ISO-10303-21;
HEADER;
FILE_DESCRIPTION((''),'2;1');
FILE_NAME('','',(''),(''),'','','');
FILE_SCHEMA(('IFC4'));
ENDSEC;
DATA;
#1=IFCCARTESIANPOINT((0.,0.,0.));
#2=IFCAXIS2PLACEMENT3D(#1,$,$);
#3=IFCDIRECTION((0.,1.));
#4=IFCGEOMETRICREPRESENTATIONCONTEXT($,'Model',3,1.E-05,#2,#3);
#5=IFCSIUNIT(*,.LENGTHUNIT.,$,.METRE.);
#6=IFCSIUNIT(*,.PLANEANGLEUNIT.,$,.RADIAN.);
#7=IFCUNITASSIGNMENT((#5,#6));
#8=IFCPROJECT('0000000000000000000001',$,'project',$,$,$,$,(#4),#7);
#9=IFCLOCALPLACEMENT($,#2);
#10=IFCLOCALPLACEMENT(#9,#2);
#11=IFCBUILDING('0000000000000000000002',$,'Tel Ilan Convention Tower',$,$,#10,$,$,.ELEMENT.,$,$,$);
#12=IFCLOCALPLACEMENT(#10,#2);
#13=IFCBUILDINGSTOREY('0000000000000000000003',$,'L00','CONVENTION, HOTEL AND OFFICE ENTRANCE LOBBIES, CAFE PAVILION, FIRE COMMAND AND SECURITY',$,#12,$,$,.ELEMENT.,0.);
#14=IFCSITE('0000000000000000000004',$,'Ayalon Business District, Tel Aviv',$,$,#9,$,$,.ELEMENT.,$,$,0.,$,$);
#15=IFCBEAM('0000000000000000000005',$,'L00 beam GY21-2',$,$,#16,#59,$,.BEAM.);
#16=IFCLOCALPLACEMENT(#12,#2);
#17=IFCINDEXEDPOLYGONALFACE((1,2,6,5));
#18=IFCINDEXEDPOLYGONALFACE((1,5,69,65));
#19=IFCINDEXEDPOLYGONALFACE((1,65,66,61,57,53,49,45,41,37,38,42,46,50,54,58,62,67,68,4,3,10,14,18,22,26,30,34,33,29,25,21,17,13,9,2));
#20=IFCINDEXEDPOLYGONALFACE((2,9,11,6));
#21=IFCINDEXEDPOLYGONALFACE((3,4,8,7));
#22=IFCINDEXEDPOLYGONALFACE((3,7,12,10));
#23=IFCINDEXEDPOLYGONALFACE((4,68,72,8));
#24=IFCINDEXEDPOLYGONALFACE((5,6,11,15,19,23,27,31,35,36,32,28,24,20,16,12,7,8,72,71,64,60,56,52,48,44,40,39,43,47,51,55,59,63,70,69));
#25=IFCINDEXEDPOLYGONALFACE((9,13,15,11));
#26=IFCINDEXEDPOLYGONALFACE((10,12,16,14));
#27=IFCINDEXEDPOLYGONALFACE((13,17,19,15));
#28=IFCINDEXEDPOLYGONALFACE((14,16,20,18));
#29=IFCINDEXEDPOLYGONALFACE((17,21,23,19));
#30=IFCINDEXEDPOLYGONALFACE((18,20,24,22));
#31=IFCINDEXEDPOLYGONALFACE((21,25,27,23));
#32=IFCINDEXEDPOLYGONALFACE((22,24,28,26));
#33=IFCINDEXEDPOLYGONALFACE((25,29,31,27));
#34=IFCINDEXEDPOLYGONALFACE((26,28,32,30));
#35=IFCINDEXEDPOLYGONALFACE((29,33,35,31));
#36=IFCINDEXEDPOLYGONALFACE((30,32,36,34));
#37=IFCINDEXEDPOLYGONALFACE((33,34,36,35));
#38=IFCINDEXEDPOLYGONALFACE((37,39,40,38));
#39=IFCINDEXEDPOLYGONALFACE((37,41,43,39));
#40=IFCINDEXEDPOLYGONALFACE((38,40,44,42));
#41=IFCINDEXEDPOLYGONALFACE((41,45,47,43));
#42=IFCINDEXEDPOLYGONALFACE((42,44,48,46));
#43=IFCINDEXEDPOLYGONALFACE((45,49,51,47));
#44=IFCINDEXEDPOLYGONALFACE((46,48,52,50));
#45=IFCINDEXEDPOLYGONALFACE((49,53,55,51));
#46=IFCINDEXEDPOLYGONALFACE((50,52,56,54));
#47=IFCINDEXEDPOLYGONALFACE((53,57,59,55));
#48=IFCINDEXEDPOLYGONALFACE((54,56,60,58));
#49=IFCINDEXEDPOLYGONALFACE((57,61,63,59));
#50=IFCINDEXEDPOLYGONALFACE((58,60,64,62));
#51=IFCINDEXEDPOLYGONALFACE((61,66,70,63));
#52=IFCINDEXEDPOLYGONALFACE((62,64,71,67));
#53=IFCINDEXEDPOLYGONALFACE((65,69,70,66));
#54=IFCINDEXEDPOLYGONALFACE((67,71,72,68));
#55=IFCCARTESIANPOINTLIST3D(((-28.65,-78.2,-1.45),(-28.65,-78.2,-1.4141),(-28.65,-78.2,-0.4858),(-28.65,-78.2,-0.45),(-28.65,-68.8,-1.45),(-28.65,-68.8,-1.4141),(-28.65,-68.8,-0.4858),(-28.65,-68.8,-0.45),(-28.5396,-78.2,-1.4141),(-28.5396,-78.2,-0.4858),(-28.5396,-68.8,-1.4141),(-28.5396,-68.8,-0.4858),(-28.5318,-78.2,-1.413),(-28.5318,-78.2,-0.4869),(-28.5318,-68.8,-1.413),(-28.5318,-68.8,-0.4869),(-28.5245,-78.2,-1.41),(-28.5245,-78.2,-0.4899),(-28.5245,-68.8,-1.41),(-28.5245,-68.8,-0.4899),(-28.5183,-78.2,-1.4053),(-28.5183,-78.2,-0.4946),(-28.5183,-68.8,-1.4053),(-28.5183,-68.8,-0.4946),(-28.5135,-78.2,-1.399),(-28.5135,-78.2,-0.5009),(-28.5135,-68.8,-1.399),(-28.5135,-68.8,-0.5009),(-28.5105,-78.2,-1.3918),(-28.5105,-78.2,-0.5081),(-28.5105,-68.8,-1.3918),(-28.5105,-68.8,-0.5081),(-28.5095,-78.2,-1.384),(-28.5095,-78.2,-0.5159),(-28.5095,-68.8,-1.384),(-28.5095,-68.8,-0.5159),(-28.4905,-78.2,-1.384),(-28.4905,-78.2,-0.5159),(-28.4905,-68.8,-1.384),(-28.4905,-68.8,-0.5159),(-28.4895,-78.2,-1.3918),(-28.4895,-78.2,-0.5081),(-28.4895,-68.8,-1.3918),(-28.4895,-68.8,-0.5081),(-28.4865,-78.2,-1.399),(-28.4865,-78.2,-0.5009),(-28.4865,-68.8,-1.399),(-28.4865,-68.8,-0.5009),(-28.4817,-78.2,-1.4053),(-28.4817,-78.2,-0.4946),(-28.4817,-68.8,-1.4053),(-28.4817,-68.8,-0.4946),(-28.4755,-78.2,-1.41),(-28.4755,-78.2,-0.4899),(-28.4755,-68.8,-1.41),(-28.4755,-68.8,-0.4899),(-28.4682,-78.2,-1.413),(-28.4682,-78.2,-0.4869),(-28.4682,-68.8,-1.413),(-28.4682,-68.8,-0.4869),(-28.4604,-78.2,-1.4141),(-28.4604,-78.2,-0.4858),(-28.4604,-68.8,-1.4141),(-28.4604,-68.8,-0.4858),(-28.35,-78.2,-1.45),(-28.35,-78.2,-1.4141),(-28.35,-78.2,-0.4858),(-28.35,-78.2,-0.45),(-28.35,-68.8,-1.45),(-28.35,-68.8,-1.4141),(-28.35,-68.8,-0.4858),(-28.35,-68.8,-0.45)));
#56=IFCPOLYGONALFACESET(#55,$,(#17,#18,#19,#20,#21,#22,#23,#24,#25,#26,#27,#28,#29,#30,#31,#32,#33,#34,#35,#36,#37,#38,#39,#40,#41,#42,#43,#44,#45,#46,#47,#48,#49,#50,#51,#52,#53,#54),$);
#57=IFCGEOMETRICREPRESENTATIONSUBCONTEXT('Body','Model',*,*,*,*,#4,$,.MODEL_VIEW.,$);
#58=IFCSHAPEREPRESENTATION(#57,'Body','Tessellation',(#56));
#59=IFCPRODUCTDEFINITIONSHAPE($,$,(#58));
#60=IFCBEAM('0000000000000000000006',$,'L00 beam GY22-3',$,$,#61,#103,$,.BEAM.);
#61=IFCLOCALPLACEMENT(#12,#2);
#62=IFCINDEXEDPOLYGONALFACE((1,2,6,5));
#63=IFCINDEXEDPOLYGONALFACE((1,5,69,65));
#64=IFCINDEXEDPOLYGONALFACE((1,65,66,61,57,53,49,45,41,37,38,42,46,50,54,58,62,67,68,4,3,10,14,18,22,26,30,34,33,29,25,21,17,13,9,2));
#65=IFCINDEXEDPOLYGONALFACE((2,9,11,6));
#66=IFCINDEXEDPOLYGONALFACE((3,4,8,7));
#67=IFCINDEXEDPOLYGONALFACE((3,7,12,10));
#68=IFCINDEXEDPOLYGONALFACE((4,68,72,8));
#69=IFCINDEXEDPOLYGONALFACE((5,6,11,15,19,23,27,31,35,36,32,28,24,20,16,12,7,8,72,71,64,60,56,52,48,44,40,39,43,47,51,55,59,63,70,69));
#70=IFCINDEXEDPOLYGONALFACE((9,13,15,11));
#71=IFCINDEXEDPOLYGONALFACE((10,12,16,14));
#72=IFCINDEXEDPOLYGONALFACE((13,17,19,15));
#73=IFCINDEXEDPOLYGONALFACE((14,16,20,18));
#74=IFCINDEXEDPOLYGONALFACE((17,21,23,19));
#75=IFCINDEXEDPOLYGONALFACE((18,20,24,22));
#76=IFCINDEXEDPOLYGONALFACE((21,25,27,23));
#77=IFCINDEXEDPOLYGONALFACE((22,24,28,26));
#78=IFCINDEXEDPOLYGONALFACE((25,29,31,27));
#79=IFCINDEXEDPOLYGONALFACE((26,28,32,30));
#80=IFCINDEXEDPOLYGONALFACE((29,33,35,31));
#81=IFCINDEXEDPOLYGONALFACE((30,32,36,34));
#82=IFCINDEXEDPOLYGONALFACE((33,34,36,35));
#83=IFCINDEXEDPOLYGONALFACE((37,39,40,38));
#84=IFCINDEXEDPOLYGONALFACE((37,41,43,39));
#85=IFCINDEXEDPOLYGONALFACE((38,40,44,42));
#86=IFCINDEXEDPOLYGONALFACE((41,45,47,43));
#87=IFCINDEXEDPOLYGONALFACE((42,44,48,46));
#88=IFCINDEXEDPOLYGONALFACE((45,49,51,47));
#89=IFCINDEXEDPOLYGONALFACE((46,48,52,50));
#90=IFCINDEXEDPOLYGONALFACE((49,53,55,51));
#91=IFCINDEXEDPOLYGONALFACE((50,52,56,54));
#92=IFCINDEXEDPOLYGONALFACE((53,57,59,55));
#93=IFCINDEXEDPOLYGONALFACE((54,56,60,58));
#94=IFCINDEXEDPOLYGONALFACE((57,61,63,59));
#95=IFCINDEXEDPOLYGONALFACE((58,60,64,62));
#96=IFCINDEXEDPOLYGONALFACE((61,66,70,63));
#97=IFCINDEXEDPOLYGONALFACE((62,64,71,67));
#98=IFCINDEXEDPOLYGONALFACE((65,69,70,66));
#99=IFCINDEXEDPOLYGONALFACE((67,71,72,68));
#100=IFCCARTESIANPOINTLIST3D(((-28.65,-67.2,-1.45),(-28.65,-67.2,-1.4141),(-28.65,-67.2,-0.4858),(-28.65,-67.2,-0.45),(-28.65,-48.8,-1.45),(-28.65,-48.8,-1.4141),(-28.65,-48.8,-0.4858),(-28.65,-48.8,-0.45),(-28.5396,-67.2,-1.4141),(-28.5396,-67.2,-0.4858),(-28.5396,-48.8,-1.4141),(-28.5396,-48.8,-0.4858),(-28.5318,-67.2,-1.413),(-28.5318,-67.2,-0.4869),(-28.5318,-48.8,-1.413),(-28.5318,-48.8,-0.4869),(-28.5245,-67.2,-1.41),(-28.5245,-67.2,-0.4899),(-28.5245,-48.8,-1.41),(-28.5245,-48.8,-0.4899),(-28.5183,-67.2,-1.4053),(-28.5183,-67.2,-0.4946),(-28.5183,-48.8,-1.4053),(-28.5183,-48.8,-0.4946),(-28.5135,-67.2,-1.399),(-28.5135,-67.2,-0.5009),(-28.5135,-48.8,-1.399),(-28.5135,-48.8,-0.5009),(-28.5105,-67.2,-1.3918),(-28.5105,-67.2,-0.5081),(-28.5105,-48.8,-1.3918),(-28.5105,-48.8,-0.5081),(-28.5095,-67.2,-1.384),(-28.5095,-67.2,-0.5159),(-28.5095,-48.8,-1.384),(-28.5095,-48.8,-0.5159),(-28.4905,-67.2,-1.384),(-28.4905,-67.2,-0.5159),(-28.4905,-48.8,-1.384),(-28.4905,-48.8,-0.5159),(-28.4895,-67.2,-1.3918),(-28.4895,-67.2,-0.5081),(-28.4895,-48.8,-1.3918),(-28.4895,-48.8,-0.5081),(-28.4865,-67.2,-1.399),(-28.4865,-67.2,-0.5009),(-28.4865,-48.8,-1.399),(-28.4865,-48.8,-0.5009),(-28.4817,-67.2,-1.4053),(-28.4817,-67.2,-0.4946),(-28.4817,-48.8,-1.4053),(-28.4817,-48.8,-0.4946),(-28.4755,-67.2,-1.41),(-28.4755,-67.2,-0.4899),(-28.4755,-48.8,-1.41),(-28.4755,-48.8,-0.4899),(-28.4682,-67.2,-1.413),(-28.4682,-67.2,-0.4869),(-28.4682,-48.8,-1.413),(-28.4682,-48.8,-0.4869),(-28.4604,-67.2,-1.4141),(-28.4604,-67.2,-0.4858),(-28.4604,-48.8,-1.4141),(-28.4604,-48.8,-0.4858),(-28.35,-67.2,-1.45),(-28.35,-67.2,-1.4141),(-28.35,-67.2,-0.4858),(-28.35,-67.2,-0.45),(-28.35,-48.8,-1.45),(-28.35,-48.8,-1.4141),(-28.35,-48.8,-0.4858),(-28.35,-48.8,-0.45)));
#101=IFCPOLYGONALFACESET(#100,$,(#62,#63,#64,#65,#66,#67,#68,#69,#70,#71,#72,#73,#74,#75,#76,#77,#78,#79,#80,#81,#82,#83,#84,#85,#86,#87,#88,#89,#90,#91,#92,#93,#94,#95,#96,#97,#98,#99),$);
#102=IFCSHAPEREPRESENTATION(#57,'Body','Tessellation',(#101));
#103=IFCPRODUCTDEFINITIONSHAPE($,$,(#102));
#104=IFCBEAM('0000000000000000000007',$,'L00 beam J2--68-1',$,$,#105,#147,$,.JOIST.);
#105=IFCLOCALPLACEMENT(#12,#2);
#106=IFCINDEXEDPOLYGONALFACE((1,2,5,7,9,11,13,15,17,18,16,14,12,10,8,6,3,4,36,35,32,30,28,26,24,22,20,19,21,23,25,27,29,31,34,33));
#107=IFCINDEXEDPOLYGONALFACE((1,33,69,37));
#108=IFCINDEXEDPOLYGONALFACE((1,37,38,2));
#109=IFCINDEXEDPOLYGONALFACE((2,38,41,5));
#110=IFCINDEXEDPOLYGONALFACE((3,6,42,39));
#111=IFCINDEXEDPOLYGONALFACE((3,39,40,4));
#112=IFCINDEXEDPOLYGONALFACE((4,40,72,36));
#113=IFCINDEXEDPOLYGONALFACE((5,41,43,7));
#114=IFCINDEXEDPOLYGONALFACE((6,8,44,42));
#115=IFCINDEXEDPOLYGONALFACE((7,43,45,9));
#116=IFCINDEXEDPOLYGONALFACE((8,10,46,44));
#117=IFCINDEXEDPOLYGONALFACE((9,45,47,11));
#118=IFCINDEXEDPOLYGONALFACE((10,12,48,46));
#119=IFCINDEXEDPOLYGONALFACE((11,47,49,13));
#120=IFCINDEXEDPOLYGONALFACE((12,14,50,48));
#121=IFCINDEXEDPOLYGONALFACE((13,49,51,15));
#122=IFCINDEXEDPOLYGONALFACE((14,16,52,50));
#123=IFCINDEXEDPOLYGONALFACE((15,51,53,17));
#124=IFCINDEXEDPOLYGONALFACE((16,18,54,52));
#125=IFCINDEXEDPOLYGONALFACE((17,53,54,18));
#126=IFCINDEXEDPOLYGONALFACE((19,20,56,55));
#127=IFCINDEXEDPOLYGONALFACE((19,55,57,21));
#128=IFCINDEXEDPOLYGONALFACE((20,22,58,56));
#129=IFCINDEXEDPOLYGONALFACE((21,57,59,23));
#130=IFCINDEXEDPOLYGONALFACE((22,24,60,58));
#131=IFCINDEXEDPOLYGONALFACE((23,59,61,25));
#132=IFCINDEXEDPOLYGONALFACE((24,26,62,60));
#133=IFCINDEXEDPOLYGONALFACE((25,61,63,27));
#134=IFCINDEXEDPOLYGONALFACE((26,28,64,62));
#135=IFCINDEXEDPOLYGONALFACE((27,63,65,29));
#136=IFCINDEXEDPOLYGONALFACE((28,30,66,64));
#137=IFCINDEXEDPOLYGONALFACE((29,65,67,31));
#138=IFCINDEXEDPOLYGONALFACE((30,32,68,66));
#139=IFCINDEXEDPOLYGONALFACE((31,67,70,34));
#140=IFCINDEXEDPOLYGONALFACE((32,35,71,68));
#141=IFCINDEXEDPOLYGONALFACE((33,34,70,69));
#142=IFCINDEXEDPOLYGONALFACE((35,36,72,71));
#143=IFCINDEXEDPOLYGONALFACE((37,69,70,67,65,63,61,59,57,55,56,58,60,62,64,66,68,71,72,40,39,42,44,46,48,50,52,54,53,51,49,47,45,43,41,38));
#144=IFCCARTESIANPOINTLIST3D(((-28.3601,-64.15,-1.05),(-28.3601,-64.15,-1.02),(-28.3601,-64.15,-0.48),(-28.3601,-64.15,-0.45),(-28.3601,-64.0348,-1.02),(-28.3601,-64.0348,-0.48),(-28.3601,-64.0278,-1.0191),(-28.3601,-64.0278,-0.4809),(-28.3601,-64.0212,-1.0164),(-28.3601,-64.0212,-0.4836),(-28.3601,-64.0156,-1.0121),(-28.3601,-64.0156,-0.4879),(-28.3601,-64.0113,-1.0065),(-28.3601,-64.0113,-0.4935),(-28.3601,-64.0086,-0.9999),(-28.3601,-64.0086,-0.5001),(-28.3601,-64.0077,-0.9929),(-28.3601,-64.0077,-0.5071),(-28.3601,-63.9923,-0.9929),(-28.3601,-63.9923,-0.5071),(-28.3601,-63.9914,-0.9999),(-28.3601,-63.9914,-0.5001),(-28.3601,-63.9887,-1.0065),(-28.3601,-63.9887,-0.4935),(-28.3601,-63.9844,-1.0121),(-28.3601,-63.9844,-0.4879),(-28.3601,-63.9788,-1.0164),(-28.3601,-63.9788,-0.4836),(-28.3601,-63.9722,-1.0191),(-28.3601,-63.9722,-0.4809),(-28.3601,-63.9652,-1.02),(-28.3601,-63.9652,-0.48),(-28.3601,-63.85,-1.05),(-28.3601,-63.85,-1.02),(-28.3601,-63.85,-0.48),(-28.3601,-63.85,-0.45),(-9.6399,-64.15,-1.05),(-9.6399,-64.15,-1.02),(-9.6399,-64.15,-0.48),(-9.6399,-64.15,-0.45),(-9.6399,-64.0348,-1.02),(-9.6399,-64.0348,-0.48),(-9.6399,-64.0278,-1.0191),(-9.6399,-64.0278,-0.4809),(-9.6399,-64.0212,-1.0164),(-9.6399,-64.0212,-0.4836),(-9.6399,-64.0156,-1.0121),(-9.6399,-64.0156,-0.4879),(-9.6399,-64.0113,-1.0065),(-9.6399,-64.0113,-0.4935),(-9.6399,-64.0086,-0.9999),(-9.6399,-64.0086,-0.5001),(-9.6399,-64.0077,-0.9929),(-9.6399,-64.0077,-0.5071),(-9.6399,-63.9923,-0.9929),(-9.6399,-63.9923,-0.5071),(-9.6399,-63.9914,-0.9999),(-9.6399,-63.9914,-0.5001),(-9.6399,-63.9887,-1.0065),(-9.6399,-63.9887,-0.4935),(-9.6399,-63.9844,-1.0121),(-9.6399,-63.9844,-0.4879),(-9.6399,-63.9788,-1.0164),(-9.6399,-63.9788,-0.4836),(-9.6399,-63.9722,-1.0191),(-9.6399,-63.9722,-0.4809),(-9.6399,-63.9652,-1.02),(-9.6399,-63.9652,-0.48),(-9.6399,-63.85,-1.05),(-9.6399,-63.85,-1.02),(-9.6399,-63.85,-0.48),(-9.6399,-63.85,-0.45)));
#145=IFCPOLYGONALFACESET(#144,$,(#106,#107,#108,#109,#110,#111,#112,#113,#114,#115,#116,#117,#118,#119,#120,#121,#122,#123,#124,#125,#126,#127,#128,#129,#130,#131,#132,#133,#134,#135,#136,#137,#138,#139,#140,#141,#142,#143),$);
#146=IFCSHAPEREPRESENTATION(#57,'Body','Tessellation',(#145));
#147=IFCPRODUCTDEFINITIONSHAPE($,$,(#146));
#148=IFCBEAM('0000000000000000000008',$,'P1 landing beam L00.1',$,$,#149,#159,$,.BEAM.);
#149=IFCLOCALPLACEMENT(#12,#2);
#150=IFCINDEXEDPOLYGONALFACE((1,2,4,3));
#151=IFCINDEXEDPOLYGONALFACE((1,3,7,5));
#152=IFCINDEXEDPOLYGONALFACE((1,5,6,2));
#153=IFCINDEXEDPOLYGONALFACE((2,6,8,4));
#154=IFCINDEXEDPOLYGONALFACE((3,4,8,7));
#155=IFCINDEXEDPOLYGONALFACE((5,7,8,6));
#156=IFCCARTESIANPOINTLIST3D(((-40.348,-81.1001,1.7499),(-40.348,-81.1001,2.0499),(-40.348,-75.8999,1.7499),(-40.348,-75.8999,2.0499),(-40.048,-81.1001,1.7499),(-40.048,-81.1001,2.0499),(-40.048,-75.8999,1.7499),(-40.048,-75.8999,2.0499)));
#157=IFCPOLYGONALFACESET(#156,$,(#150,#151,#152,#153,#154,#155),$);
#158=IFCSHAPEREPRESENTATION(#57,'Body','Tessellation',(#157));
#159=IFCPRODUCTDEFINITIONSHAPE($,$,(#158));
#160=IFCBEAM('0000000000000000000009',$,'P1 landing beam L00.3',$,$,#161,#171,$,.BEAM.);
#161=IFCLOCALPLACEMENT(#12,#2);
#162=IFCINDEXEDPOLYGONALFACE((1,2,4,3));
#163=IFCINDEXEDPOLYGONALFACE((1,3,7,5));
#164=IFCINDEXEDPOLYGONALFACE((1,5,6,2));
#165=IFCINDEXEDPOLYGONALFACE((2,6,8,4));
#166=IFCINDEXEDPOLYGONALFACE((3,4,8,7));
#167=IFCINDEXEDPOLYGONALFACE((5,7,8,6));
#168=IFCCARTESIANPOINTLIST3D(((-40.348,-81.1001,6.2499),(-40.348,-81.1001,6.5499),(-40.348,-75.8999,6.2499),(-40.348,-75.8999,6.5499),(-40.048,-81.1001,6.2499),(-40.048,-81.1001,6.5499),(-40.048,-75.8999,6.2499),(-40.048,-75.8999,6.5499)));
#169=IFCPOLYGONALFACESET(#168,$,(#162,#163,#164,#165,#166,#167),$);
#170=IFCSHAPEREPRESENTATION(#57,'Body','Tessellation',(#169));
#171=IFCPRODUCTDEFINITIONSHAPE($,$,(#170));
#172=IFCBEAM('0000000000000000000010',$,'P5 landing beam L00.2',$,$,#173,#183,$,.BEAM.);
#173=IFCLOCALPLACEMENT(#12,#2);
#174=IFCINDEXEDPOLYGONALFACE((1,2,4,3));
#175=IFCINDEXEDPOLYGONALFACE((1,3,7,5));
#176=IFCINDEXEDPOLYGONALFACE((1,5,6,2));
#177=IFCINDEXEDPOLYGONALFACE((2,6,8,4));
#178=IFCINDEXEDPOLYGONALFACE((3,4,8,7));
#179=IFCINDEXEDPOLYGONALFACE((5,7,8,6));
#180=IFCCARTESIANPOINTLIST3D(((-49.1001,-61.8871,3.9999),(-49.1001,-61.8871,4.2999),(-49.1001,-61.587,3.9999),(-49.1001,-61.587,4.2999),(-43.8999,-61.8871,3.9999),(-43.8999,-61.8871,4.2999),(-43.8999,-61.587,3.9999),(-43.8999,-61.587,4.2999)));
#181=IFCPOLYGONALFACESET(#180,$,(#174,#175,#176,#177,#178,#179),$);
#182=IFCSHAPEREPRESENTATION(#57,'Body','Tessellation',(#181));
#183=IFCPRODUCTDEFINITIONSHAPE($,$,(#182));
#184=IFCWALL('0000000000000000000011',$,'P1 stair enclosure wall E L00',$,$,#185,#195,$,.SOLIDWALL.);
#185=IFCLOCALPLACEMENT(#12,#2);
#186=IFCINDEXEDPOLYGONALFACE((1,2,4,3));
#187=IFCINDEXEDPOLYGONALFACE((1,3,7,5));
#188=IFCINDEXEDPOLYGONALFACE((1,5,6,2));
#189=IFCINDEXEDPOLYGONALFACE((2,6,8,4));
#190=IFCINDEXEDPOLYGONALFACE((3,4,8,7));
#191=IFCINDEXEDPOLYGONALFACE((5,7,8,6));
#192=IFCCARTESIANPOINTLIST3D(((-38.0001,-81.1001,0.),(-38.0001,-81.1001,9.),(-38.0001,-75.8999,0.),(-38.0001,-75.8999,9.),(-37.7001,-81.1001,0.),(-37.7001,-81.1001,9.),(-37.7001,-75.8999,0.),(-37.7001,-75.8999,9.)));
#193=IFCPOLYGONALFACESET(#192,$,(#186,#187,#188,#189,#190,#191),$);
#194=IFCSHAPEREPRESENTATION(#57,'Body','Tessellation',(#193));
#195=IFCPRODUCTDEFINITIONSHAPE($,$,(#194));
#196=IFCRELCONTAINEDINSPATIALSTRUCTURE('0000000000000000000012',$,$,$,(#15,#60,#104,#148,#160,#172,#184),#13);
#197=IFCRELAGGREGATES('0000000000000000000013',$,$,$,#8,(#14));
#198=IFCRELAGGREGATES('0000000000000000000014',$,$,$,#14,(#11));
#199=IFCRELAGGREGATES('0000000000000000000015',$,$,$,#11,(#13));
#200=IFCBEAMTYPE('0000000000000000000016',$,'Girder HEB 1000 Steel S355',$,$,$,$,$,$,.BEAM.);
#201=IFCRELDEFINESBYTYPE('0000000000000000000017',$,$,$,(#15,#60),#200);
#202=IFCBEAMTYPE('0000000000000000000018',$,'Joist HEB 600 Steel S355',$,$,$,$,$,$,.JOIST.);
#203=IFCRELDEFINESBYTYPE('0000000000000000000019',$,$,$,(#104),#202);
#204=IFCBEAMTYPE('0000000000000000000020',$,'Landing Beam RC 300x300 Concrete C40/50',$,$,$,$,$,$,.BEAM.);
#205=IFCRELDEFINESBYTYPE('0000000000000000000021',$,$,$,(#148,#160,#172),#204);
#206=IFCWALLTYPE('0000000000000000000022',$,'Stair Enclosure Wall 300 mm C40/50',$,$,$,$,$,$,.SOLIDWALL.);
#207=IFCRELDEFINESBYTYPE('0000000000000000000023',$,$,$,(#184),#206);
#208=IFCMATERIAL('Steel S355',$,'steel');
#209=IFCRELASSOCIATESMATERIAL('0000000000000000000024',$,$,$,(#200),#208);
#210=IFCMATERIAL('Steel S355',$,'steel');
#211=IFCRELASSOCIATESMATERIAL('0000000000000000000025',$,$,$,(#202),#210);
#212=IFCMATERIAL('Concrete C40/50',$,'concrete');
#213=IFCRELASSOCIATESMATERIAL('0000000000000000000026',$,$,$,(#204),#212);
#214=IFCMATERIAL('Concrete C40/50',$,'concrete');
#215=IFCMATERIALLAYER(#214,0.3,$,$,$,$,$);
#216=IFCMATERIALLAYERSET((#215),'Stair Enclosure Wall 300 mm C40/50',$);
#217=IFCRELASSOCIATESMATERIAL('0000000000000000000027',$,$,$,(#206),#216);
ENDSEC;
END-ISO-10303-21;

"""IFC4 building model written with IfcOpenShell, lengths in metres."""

from ifc_helpers import new_model, si_unit, direction, frame, frame_2d, origin, origin_2d, place, context, subcontext, project, spatial, rectangle, i_section, extrude, material, layer, layer_set, material_profile, profile_set, type_object, element, save


model = new_model("IFC4")

# Units and contexts
model_context = context("Model", 3, precision=1e-05, world=origin(), true_north=direction((0.0, 1.0)))
body_context = subcontext(model_context, "Body", "Model", "MODEL_VIEW")
ifc_project = project(units=[si_unit("LENGTHUNIT", "METRE"), si_unit("PLANEANGLEUNIT", "RADIAN")], contexts=[model_context])

# Site, building, storey
site_placement = place(None, origin())
site = spatial("IfcSite", under=ifc_project, at=site_placement, Name="Ayalon Business District, Tel Aviv", CompositionType="ELEMENT", RefElevation=0.0)
building_placement = place(site_placement, origin())
building = spatial("IfcBuilding", under=site, at=building_placement, Name="Tel Ilan Convention Tower", CompositionType="ELEMENT")
storey_placement = place(building_placement, origin())
storey = spatial("IfcBuildingStorey", under=building, at=storey_placement, Name="L00", Description="CONVENTION, HOTEL AND OFFICE ENTRANCE LOBBIES, CAFE PAVILION, FIRE COMMAND AND SECURITY", CompositionType="ELEMENT", Elevation=0.0)

# Beams
ifc_material_1 = material(Name="Steel S355", Category="steel")
ifc_material_profile_1 = material_profile(ifc_material_1, i_section(OverallWidth=0.3, OverallDepth=1.0, WebThickness=0.019, FlangeThickness=0.0359, FilletRadius=0.03, at=origin_2d()), Name="HEB 1000")
ifc_profile_set_1 = profile_set([ifc_material_profile_1], Name="Steel S355")
beam_type_1 = type_object("IfcBeamType", Name="Girder HEB 1000 Steel S355", PredefinedType="BEAM", material=ifc_profile_set_1)
beam_1_placement = place(storey_placement, frame((-28.5, -78.2, -0.95), z_axis=(0.0, 1.0, 0.0), x_axis=(-1.0, 0.0, 0.0)))
element("IfcBeam", 1, at=beam_1_placement, inside=storey, type_object=beam_type_1, Name="L00 beam GY21-2", PredefinedType="BEAM", context=body_context, shape_type="SweptSolid", body=[
    extrude(i_section(OverallWidth=0.3, OverallDepth=1.0, WebThickness=0.019, FlangeThickness=0.0359, FilletRadius=0.03, at=origin_2d()), origin(), (0.0, 0.0, 1.0), 9.3999),
])
beam_2_placement = place(storey_placement, frame((-28.5, -67.2, -0.95), z_axis=(0.0, 1.0, 0.0), x_axis=(-1.0, 0.0, 0.0)))
element("IfcBeam", 2, at=beam_2_placement, inside=storey, type_object=beam_type_1, Name="L00 beam GY22-3", PredefinedType="BEAM", context=body_context, shape_type="SweptSolid", body=[
    extrude(i_section(OverallWidth=0.3, OverallDepth=1.0, WebThickness=0.019, FlangeThickness=0.0359, FilletRadius=0.03, at=origin_2d()), origin(), (0.0, 0.0, 1.0), 18.3999),
])
ifc_material_2 = material(Name="Steel S355", Category="steel")
ifc_material_profile_2 = material_profile(ifc_material_2, i_section(OverallWidth=0.3, OverallDepth=0.6001, WebThickness=0.0154, FlangeThickness=0.03, FilletRadius=0.0271, at=origin_2d()), Name="HEB 600")
ifc_profile_set_2 = profile_set([ifc_material_profile_2], Name="Steel S355")
beam_type_2 = type_object("IfcBeamType", Name="Joist HEB 600 Steel S355", PredefinedType="JOIST", material=ifc_profile_set_2)
beam_3_placement = place(storey_placement, frame((-28.3601, -64.0, -0.75), z_axis=(1.0, 0.0, 0.0), x_axis=(0.0, 1.0, 0.0)))
element("IfcBeam", 3, at=beam_3_placement, inside=storey, type_object=beam_type_2, Name="L00 beam J2--68-1", PredefinedType="JOIST", context=body_context, shape_type="SweptSolid", body=[
    extrude(i_section(OverallWidth=0.3, OverallDepth=0.6001, WebThickness=0.0154, FlangeThickness=0.03, FilletRadius=0.0271, at=origin_2d()), origin(), (0.0, 0.0, 1.0), 18.7202),
])
ifc_material_3 = material(Name="Concrete C40/50", Category="concrete")
ifc_material_profile_3 = material_profile(ifc_material_3, rectangle(XDim=0.3, YDim=0.3, at=origin_2d()), Name="RC 300x300")
ifc_profile_set_3 = profile_set([ifc_material_profile_3], Name="Concrete C40/50")
beam_type_3 = type_object("IfcBeamType", Name="Landing Beam RC 300x300 Concrete C40/50", PredefinedType="BEAM", material=ifc_profile_set_3)
for number, where, z_axis, x_axis, name in (
    (4, (-40.198, -81.1001, 1.8999), (0.0, 1.0, 0.0), (-1.0, 0.0, 0.0), "P1 landing beam L00.1"),
    (5, (-40.198, -81.1001, 6.3999), (0.0, 1.0, 0.0), (-1.0, 0.0, 0.0), "P1 landing beam L00.3"),
    (6, (-43.8999, -61.7371, 4.1499), (-1.0, 0.0, 0.0), (0.0, -1.0, 0.0), "P5 landing beam L00.2"),
):
    element("IfcBeam", number, at=place(storey_placement, frame(where, z_axis=z_axis, x_axis=x_axis)), inside=storey, type_object=beam_type_3, Name=name, PredefinedType="BEAM", context=body_context, shape_type="SweptSolid", body=[
        extrude(rectangle(XDim=0.3, YDim=0.3, at=origin_2d()), origin(), (0.0, 0.0, 1.0), 5.2002),
    ])

# Wall
ifc_material_4 = material(Name="Concrete C40/50", Category="concrete")
ifc_layer = layer(ifc_material_4, 0.3)
ifc_layer_set = layer_set([ifc_layer], Name="Stair Enclosure Wall 300 mm C40/50")
wall_type = type_object("IfcWallType", Name="Stair Enclosure Wall 300 mm C40/50", PredefinedType="SOLIDWALL", material=ifc_layer_set)
wall_1_placement = place(storey_placement, frame((-37.8501, -81.1001, 0.0), z_axis=(0.0, 0.0, 1.0), x_axis=(0.0, 1.0, 0.0)))
element("IfcWall", 7, at=wall_1_placement, inside=storey, type_object=wall_type, Name="P1 stair enclosure wall E L00", PredefinedType="SOLIDWALL", context=body_context, shape_type="SweptSolid", body=[
    extrude(rectangle(XDim=5.2002, YDim=0.3, at=frame_2d((2.6001, 0.0))), origin(), (0.0, 0.0, 1.0), 9.0),
])

save(model, "model.ifc")
